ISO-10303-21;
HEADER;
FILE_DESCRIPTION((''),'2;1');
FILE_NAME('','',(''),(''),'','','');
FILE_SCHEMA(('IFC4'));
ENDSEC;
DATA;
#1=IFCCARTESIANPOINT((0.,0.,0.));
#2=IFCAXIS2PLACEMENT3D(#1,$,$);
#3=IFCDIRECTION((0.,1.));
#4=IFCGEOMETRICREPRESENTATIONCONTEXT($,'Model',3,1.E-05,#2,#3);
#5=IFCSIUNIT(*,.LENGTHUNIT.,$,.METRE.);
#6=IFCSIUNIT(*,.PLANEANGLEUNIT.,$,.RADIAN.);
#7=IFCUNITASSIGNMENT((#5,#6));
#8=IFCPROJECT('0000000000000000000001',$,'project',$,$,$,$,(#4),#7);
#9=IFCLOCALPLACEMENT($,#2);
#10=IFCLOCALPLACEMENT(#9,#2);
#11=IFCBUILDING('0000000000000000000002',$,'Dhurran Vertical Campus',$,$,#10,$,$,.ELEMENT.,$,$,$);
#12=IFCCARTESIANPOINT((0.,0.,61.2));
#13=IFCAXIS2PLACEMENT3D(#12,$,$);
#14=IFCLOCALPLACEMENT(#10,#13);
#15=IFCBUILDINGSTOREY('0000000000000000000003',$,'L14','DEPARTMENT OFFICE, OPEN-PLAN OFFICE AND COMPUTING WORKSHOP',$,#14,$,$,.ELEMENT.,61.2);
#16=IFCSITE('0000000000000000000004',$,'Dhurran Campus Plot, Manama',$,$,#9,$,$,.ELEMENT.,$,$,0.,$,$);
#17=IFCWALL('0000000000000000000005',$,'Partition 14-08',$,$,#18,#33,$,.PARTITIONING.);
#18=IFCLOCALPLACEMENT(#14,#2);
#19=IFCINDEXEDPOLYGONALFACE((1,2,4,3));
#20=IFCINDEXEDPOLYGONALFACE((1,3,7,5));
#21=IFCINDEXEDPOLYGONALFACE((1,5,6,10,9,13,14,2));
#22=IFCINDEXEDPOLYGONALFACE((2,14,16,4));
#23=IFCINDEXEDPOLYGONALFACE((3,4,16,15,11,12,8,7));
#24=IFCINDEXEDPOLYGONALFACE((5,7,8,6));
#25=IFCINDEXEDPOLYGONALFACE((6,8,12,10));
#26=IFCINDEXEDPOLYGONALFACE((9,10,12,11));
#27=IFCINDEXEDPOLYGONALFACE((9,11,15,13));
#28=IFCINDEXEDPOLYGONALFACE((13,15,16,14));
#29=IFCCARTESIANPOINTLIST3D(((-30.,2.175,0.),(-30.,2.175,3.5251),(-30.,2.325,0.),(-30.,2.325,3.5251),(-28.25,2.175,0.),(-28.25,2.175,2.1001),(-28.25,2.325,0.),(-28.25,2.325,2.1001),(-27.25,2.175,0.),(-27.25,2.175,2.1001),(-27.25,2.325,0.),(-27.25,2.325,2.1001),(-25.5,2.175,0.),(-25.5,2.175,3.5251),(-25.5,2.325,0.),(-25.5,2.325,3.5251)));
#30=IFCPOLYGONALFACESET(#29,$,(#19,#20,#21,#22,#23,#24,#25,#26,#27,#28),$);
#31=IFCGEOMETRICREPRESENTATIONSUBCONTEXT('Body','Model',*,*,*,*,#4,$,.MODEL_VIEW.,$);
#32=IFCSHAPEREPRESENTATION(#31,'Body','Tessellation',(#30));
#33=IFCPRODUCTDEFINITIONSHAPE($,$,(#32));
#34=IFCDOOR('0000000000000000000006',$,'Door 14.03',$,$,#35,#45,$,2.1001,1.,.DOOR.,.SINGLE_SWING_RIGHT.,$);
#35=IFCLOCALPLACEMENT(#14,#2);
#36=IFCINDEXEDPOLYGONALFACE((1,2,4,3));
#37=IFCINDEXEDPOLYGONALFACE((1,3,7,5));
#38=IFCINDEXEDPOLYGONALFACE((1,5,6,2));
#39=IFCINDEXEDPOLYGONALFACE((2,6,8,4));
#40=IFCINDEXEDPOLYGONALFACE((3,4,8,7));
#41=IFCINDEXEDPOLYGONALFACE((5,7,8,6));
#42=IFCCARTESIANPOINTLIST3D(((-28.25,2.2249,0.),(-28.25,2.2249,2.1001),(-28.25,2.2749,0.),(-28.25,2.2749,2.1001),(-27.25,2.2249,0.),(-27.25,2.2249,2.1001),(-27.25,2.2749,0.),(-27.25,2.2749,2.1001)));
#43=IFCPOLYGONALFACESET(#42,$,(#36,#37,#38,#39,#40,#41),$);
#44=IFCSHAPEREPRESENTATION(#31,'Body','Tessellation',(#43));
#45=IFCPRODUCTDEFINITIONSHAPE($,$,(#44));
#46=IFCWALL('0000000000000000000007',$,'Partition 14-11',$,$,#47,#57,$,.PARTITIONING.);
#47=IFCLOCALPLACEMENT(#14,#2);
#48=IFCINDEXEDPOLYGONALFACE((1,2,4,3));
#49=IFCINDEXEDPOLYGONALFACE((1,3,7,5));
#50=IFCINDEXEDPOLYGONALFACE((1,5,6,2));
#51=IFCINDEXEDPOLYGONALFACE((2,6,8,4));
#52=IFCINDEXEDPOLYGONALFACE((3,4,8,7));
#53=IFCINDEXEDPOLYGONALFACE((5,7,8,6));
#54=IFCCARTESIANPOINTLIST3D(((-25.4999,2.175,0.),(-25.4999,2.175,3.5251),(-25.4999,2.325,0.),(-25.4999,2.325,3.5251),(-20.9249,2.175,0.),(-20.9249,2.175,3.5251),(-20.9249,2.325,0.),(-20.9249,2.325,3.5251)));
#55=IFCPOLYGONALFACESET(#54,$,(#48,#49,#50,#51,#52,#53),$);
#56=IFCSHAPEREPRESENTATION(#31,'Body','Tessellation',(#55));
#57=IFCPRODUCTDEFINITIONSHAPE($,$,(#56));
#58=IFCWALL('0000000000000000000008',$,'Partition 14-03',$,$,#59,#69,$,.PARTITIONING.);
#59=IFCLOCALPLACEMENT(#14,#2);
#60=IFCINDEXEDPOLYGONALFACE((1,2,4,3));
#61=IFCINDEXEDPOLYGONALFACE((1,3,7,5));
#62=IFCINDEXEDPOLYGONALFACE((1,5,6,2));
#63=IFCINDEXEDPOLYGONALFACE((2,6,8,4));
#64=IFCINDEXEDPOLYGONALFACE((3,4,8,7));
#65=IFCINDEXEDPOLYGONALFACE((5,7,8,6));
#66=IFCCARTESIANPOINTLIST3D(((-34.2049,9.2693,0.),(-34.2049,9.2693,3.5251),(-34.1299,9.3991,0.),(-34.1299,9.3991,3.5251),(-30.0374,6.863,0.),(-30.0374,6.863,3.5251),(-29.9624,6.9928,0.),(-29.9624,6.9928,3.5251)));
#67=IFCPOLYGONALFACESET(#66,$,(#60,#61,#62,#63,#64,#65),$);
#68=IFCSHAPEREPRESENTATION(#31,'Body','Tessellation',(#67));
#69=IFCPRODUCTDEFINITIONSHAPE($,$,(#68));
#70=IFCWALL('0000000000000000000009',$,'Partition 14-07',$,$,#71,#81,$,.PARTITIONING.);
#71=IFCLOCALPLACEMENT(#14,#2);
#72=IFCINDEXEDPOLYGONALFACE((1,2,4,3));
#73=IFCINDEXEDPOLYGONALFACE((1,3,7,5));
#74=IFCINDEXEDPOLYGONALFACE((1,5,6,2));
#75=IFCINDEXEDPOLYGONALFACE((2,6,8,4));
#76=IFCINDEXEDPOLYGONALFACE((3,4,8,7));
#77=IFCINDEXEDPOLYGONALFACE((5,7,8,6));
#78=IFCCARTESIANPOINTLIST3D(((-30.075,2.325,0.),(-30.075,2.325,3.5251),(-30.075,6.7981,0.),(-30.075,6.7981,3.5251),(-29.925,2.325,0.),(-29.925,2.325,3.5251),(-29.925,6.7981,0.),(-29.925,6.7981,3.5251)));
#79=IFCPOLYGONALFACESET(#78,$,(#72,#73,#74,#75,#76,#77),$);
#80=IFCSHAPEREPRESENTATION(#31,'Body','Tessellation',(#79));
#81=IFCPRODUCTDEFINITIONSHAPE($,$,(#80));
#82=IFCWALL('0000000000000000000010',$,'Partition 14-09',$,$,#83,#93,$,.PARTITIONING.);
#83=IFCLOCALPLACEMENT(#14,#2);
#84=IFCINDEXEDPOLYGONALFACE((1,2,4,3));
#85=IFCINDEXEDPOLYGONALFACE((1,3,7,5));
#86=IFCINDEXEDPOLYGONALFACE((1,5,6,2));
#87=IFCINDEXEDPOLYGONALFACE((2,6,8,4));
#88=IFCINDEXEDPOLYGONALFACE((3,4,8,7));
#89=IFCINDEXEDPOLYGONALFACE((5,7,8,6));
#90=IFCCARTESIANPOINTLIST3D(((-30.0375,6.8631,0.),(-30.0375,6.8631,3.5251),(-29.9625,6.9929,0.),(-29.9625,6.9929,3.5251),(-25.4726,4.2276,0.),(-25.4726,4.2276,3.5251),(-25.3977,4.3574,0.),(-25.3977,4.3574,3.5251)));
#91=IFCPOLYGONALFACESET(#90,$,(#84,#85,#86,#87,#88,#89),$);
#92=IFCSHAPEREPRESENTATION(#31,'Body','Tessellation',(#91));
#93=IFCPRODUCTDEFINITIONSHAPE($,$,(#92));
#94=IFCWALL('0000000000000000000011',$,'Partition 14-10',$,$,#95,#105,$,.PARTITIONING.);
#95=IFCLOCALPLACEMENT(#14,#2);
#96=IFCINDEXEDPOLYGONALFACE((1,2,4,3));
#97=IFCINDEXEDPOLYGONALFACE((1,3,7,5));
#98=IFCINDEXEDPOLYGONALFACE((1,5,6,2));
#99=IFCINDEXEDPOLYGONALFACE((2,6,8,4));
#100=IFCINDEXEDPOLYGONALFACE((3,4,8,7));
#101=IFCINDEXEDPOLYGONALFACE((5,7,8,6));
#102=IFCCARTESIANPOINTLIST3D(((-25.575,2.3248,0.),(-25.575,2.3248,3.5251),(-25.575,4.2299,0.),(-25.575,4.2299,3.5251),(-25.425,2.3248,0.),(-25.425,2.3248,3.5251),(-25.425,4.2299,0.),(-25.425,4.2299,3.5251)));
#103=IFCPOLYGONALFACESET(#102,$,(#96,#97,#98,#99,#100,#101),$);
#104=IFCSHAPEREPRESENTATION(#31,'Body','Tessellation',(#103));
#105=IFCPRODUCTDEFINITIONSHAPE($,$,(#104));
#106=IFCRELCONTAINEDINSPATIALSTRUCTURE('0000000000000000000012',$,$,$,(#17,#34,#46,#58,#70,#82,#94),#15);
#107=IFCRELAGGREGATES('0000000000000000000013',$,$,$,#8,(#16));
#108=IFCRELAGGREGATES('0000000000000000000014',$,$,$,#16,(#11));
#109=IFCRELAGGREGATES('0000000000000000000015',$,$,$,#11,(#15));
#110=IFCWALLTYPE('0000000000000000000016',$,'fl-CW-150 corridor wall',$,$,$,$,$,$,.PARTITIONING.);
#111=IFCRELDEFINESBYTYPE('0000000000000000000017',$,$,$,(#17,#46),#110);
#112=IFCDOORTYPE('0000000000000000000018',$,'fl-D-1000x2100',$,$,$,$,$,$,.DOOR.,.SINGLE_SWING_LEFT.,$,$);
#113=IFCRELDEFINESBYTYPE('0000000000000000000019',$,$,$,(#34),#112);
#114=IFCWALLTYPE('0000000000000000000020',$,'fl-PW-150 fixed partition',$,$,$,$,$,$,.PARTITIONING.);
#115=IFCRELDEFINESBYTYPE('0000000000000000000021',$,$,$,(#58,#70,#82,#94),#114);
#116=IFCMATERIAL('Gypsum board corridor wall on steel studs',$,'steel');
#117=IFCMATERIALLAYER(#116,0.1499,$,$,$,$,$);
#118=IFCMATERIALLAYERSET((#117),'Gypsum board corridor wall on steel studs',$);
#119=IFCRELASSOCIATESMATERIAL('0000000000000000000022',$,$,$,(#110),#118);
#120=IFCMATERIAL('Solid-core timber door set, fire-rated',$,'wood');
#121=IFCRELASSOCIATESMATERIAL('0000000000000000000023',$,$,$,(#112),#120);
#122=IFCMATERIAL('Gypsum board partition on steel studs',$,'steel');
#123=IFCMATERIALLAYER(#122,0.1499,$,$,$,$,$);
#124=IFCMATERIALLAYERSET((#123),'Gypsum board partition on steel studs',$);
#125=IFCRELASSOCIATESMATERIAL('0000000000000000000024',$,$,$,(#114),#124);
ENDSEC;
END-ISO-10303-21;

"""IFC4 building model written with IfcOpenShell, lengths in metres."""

from ifc_helpers import new_model, si_unit, direction, frame, frame_2d, origin, place, context, subcontext, project, spatial, rectangle, extrude, material, layer, layer_set, type_object, element, fill, save


model = new_model("IFC4")

# Units and contexts
model_context = context("Model", 3, precision=1e-05, world=origin(), true_north=direction((0.0, 1.0)))
body_context = subcontext(model_context, "Body", "Model", "MODEL_VIEW")
ifc_project = project(units=[si_unit("LENGTHUNIT", "METRE"), si_unit("PLANEANGLEUNIT", "RADIAN")], contexts=[model_context])

# Site, building, storey
site_placement = place(None, origin())
site = spatial("IfcSite", under=ifc_project, at=site_placement, Name="Dhurran Campus Plot, Manama", CompositionType="ELEMENT", RefElevation=0.0)
building_placement = place(site_placement, origin())
building = spatial("IfcBuilding", under=site, at=building_placement, Name="Dhurran Vertical Campus", CompositionType="ELEMENT")
storey_placement = place(building_placement, frame((0.0, 0.0, 61.2)))
storey = spatial("IfcBuildingStorey", under=building, at=storey_placement, Name="L14", Description="DEPARTMENT OFFICE, OPEN-PLAN OFFICE AND COMPUTING WORKSHOP", CompositionType="ELEMENT", Elevation=61.2)

# Wall, opening, door
ifc_material_1 = material(Name="Gypsum board corridor wall on steel studs", Category="steel")
ifc_layer_1 = layer(ifc_material_1, 0.1499)
ifc_layer_set_1 = layer_set([ifc_layer_1], Name="Gypsum board corridor wall on steel studs")
wall_type_1 = type_object("IfcWallType", Name="fl-CW-150 corridor wall", PredefinedType="PARTITIONING", material=ifc_layer_set_1)
ifc_material_2 = material(Name="Solid-core timber door set, fire-rated", Category="wood")
door_type_1 = type_object("IfcDoorType", Name="fl-D-1000x2100", OperationType="SINGLE_SWING_LEFT", PredefinedType="DOOR", material=ifc_material_2)
wall_1_placement = place(storey_placement, frame((-30.0, 2.25, 0.0), z_axis=(0.0, 0.0, 1.0), x_axis=(1.0, 0.0, 0.0)))
wall_1 = element("IfcWall", 1, at=wall_1_placement, inside=storey, type_object=wall_type_1, Name="Partition 14-08", PredefinedType="PARTITIONING", context=body_context, shape_type="SweptSolid", body=[
    extrude(rectangle(XDim=4.5, YDim=0.1499, at=frame_2d((2.25, 0.0))), origin(), (0.0, 0.0, 1.0), 3.5251),
])
opening_1_placement = place(wall_1_placement, frame((1.75, 0.0, 0.0)))
opening_1 = element("IfcOpeningElement", 2, at=opening_1_placement, cuts=wall_1, PredefinedType="OPENING", context=body_context, shape_type="SweptSolid", body=[
    extrude(rectangle(XDim=1.0, YDim=2.1001, at=frame_2d((0.5, 1.05))), frame((0.0, 0.085, 0.0), z_axis=(0.0, -1.0, 0.0), x_axis=(1.0, 0.0, 0.0)), (0.0, 0.0, 1.0), 0.1699),
])
door_1_placement = place(opening_1_placement, origin())
door_1 = element("IfcDoor", 3, at=door_1_placement, inside=storey, type_object=door_type_1, Name="Door 14.03", OperationType="SINGLE_SWING_RIGHT", OverallHeight=2.1001, OverallWidth=1.0, PredefinedType="DOOR", context=body_context, shape_type="SweptSolid", body=[
    extrude(rectangle(XDim=1.0, YDim=2.1001, at=frame_2d((0.5, 1.05))), frame((0.0, 0.0249, 0.0), z_axis=(0.0, -1.0, 0.0), x_axis=(1.0, 0.0, 0.0)), (0.0, 0.0, 1.0), 0.05),
])
fill(opening_1, door_1)

# Walls
wall_2_placement = place(storey_placement, frame((-25.5, 2.25, 0.0), z_axis=(0.0, 0.0, 1.0), x_axis=(1.0, 0.0, 0.0)))
element("IfcWall", 4, at=wall_2_placement, inside=storey, type_object=wall_type_1, Name="Partition 14-11", PredefinedType="PARTITIONING", context=body_context, shape_type="SweptSolid", body=[
    extrude(rectangle(XDim=4.575, YDim=0.1499, at=frame_2d((2.2876, 0.0))), origin(), (0.0, 0.0, 1.0), 3.5251),
])
ifc_material_3 = material(Name="Gypsum board partition on steel studs", Category="steel")
ifc_layer_2 = layer(ifc_material_3, 0.1499)
ifc_layer_set_2 = layer_set([ifc_layer_2], Name="Gypsum board partition on steel studs")
wall_type_2 = type_object("IfcWallType", Name="fl-PW-150 fixed partition", PredefinedType="PARTITIONING", material=ifc_layer_set_2)
wall_3_placement = place(storey_placement, frame((-34.1675, 9.3342, 0.0), z_axis=(0.0, 0.0, 1.0), x_axis=(0.866012, -0.500024, 0.0)))
element("IfcWall", 5, at=wall_3_placement, inside=storey, type_object=wall_type_2, Name="Partition 14-03", PredefinedType="PARTITIONING", context=body_context, shape_type="SweptSolid", body=[
    extrude(rectangle(XDim=4.8123, YDim=0.1499, at=frame_2d((2.4062, 0.0))), origin(), (0.0, 0.0, 1.0), 3.5251),
])
wall_4_placement = place(storey_placement, frame((-30.0, 6.7981, 0.0), z_axis=(0.0, 0.0, 1.0), x_axis=(0.0, -1.0, 0.0)))
element("IfcWall", 6, at=wall_4_placement, inside=storey, type_object=wall_type_2, Name="Partition 14-07", PredefinedType="PARTITIONING", context=body_context, shape_type="SweptSolid", body=[
    extrude(rectangle(XDim=4.4731, YDim=0.1499, at=frame_2d((2.2366, 0.0))), origin(), (0.0, 0.0, 1.0), 3.5251),
])
wall_5_placement = place(storey_placement, frame((-30.0, 6.928, 0.0), z_axis=(0.0, 0.0, 1.0), x_axis=(0.866031, -0.49999, 0.0)))
element("IfcWall", 7, at=wall_5_placement, inside=storey, type_object=wall_type_2, Name="Partition 14-09", PredefinedType="PARTITIONING", context=body_context, shape_type="SweptSolid", body=[
    extrude(rectangle(XDim=5.271, YDim=0.1499, at=frame_2d((2.6355, 0.0))), origin(), (0.0, 0.0, 1.0), 3.5251),
])
wall_6_placement = place(storey_placement, frame((-25.5, 4.23, 0.0), z_axis=(0.0, 0.0, 1.0), x_axis=(0.0, -1.0, 0.0)))
element("IfcWall", 8, at=wall_6_placement, inside=storey, type_object=wall_type_2, Name="Partition 14-10", PredefinedType="PARTITIONING", context=body_context, shape_type="SweptSolid", body=[
    extrude(rectangle(XDim=1.905, YDim=0.1499, at=frame_2d((0.9526, 0.0))), origin(), (0.0, 0.0, 1.0), 3.5251),
])

save(model, "model.ifc")
